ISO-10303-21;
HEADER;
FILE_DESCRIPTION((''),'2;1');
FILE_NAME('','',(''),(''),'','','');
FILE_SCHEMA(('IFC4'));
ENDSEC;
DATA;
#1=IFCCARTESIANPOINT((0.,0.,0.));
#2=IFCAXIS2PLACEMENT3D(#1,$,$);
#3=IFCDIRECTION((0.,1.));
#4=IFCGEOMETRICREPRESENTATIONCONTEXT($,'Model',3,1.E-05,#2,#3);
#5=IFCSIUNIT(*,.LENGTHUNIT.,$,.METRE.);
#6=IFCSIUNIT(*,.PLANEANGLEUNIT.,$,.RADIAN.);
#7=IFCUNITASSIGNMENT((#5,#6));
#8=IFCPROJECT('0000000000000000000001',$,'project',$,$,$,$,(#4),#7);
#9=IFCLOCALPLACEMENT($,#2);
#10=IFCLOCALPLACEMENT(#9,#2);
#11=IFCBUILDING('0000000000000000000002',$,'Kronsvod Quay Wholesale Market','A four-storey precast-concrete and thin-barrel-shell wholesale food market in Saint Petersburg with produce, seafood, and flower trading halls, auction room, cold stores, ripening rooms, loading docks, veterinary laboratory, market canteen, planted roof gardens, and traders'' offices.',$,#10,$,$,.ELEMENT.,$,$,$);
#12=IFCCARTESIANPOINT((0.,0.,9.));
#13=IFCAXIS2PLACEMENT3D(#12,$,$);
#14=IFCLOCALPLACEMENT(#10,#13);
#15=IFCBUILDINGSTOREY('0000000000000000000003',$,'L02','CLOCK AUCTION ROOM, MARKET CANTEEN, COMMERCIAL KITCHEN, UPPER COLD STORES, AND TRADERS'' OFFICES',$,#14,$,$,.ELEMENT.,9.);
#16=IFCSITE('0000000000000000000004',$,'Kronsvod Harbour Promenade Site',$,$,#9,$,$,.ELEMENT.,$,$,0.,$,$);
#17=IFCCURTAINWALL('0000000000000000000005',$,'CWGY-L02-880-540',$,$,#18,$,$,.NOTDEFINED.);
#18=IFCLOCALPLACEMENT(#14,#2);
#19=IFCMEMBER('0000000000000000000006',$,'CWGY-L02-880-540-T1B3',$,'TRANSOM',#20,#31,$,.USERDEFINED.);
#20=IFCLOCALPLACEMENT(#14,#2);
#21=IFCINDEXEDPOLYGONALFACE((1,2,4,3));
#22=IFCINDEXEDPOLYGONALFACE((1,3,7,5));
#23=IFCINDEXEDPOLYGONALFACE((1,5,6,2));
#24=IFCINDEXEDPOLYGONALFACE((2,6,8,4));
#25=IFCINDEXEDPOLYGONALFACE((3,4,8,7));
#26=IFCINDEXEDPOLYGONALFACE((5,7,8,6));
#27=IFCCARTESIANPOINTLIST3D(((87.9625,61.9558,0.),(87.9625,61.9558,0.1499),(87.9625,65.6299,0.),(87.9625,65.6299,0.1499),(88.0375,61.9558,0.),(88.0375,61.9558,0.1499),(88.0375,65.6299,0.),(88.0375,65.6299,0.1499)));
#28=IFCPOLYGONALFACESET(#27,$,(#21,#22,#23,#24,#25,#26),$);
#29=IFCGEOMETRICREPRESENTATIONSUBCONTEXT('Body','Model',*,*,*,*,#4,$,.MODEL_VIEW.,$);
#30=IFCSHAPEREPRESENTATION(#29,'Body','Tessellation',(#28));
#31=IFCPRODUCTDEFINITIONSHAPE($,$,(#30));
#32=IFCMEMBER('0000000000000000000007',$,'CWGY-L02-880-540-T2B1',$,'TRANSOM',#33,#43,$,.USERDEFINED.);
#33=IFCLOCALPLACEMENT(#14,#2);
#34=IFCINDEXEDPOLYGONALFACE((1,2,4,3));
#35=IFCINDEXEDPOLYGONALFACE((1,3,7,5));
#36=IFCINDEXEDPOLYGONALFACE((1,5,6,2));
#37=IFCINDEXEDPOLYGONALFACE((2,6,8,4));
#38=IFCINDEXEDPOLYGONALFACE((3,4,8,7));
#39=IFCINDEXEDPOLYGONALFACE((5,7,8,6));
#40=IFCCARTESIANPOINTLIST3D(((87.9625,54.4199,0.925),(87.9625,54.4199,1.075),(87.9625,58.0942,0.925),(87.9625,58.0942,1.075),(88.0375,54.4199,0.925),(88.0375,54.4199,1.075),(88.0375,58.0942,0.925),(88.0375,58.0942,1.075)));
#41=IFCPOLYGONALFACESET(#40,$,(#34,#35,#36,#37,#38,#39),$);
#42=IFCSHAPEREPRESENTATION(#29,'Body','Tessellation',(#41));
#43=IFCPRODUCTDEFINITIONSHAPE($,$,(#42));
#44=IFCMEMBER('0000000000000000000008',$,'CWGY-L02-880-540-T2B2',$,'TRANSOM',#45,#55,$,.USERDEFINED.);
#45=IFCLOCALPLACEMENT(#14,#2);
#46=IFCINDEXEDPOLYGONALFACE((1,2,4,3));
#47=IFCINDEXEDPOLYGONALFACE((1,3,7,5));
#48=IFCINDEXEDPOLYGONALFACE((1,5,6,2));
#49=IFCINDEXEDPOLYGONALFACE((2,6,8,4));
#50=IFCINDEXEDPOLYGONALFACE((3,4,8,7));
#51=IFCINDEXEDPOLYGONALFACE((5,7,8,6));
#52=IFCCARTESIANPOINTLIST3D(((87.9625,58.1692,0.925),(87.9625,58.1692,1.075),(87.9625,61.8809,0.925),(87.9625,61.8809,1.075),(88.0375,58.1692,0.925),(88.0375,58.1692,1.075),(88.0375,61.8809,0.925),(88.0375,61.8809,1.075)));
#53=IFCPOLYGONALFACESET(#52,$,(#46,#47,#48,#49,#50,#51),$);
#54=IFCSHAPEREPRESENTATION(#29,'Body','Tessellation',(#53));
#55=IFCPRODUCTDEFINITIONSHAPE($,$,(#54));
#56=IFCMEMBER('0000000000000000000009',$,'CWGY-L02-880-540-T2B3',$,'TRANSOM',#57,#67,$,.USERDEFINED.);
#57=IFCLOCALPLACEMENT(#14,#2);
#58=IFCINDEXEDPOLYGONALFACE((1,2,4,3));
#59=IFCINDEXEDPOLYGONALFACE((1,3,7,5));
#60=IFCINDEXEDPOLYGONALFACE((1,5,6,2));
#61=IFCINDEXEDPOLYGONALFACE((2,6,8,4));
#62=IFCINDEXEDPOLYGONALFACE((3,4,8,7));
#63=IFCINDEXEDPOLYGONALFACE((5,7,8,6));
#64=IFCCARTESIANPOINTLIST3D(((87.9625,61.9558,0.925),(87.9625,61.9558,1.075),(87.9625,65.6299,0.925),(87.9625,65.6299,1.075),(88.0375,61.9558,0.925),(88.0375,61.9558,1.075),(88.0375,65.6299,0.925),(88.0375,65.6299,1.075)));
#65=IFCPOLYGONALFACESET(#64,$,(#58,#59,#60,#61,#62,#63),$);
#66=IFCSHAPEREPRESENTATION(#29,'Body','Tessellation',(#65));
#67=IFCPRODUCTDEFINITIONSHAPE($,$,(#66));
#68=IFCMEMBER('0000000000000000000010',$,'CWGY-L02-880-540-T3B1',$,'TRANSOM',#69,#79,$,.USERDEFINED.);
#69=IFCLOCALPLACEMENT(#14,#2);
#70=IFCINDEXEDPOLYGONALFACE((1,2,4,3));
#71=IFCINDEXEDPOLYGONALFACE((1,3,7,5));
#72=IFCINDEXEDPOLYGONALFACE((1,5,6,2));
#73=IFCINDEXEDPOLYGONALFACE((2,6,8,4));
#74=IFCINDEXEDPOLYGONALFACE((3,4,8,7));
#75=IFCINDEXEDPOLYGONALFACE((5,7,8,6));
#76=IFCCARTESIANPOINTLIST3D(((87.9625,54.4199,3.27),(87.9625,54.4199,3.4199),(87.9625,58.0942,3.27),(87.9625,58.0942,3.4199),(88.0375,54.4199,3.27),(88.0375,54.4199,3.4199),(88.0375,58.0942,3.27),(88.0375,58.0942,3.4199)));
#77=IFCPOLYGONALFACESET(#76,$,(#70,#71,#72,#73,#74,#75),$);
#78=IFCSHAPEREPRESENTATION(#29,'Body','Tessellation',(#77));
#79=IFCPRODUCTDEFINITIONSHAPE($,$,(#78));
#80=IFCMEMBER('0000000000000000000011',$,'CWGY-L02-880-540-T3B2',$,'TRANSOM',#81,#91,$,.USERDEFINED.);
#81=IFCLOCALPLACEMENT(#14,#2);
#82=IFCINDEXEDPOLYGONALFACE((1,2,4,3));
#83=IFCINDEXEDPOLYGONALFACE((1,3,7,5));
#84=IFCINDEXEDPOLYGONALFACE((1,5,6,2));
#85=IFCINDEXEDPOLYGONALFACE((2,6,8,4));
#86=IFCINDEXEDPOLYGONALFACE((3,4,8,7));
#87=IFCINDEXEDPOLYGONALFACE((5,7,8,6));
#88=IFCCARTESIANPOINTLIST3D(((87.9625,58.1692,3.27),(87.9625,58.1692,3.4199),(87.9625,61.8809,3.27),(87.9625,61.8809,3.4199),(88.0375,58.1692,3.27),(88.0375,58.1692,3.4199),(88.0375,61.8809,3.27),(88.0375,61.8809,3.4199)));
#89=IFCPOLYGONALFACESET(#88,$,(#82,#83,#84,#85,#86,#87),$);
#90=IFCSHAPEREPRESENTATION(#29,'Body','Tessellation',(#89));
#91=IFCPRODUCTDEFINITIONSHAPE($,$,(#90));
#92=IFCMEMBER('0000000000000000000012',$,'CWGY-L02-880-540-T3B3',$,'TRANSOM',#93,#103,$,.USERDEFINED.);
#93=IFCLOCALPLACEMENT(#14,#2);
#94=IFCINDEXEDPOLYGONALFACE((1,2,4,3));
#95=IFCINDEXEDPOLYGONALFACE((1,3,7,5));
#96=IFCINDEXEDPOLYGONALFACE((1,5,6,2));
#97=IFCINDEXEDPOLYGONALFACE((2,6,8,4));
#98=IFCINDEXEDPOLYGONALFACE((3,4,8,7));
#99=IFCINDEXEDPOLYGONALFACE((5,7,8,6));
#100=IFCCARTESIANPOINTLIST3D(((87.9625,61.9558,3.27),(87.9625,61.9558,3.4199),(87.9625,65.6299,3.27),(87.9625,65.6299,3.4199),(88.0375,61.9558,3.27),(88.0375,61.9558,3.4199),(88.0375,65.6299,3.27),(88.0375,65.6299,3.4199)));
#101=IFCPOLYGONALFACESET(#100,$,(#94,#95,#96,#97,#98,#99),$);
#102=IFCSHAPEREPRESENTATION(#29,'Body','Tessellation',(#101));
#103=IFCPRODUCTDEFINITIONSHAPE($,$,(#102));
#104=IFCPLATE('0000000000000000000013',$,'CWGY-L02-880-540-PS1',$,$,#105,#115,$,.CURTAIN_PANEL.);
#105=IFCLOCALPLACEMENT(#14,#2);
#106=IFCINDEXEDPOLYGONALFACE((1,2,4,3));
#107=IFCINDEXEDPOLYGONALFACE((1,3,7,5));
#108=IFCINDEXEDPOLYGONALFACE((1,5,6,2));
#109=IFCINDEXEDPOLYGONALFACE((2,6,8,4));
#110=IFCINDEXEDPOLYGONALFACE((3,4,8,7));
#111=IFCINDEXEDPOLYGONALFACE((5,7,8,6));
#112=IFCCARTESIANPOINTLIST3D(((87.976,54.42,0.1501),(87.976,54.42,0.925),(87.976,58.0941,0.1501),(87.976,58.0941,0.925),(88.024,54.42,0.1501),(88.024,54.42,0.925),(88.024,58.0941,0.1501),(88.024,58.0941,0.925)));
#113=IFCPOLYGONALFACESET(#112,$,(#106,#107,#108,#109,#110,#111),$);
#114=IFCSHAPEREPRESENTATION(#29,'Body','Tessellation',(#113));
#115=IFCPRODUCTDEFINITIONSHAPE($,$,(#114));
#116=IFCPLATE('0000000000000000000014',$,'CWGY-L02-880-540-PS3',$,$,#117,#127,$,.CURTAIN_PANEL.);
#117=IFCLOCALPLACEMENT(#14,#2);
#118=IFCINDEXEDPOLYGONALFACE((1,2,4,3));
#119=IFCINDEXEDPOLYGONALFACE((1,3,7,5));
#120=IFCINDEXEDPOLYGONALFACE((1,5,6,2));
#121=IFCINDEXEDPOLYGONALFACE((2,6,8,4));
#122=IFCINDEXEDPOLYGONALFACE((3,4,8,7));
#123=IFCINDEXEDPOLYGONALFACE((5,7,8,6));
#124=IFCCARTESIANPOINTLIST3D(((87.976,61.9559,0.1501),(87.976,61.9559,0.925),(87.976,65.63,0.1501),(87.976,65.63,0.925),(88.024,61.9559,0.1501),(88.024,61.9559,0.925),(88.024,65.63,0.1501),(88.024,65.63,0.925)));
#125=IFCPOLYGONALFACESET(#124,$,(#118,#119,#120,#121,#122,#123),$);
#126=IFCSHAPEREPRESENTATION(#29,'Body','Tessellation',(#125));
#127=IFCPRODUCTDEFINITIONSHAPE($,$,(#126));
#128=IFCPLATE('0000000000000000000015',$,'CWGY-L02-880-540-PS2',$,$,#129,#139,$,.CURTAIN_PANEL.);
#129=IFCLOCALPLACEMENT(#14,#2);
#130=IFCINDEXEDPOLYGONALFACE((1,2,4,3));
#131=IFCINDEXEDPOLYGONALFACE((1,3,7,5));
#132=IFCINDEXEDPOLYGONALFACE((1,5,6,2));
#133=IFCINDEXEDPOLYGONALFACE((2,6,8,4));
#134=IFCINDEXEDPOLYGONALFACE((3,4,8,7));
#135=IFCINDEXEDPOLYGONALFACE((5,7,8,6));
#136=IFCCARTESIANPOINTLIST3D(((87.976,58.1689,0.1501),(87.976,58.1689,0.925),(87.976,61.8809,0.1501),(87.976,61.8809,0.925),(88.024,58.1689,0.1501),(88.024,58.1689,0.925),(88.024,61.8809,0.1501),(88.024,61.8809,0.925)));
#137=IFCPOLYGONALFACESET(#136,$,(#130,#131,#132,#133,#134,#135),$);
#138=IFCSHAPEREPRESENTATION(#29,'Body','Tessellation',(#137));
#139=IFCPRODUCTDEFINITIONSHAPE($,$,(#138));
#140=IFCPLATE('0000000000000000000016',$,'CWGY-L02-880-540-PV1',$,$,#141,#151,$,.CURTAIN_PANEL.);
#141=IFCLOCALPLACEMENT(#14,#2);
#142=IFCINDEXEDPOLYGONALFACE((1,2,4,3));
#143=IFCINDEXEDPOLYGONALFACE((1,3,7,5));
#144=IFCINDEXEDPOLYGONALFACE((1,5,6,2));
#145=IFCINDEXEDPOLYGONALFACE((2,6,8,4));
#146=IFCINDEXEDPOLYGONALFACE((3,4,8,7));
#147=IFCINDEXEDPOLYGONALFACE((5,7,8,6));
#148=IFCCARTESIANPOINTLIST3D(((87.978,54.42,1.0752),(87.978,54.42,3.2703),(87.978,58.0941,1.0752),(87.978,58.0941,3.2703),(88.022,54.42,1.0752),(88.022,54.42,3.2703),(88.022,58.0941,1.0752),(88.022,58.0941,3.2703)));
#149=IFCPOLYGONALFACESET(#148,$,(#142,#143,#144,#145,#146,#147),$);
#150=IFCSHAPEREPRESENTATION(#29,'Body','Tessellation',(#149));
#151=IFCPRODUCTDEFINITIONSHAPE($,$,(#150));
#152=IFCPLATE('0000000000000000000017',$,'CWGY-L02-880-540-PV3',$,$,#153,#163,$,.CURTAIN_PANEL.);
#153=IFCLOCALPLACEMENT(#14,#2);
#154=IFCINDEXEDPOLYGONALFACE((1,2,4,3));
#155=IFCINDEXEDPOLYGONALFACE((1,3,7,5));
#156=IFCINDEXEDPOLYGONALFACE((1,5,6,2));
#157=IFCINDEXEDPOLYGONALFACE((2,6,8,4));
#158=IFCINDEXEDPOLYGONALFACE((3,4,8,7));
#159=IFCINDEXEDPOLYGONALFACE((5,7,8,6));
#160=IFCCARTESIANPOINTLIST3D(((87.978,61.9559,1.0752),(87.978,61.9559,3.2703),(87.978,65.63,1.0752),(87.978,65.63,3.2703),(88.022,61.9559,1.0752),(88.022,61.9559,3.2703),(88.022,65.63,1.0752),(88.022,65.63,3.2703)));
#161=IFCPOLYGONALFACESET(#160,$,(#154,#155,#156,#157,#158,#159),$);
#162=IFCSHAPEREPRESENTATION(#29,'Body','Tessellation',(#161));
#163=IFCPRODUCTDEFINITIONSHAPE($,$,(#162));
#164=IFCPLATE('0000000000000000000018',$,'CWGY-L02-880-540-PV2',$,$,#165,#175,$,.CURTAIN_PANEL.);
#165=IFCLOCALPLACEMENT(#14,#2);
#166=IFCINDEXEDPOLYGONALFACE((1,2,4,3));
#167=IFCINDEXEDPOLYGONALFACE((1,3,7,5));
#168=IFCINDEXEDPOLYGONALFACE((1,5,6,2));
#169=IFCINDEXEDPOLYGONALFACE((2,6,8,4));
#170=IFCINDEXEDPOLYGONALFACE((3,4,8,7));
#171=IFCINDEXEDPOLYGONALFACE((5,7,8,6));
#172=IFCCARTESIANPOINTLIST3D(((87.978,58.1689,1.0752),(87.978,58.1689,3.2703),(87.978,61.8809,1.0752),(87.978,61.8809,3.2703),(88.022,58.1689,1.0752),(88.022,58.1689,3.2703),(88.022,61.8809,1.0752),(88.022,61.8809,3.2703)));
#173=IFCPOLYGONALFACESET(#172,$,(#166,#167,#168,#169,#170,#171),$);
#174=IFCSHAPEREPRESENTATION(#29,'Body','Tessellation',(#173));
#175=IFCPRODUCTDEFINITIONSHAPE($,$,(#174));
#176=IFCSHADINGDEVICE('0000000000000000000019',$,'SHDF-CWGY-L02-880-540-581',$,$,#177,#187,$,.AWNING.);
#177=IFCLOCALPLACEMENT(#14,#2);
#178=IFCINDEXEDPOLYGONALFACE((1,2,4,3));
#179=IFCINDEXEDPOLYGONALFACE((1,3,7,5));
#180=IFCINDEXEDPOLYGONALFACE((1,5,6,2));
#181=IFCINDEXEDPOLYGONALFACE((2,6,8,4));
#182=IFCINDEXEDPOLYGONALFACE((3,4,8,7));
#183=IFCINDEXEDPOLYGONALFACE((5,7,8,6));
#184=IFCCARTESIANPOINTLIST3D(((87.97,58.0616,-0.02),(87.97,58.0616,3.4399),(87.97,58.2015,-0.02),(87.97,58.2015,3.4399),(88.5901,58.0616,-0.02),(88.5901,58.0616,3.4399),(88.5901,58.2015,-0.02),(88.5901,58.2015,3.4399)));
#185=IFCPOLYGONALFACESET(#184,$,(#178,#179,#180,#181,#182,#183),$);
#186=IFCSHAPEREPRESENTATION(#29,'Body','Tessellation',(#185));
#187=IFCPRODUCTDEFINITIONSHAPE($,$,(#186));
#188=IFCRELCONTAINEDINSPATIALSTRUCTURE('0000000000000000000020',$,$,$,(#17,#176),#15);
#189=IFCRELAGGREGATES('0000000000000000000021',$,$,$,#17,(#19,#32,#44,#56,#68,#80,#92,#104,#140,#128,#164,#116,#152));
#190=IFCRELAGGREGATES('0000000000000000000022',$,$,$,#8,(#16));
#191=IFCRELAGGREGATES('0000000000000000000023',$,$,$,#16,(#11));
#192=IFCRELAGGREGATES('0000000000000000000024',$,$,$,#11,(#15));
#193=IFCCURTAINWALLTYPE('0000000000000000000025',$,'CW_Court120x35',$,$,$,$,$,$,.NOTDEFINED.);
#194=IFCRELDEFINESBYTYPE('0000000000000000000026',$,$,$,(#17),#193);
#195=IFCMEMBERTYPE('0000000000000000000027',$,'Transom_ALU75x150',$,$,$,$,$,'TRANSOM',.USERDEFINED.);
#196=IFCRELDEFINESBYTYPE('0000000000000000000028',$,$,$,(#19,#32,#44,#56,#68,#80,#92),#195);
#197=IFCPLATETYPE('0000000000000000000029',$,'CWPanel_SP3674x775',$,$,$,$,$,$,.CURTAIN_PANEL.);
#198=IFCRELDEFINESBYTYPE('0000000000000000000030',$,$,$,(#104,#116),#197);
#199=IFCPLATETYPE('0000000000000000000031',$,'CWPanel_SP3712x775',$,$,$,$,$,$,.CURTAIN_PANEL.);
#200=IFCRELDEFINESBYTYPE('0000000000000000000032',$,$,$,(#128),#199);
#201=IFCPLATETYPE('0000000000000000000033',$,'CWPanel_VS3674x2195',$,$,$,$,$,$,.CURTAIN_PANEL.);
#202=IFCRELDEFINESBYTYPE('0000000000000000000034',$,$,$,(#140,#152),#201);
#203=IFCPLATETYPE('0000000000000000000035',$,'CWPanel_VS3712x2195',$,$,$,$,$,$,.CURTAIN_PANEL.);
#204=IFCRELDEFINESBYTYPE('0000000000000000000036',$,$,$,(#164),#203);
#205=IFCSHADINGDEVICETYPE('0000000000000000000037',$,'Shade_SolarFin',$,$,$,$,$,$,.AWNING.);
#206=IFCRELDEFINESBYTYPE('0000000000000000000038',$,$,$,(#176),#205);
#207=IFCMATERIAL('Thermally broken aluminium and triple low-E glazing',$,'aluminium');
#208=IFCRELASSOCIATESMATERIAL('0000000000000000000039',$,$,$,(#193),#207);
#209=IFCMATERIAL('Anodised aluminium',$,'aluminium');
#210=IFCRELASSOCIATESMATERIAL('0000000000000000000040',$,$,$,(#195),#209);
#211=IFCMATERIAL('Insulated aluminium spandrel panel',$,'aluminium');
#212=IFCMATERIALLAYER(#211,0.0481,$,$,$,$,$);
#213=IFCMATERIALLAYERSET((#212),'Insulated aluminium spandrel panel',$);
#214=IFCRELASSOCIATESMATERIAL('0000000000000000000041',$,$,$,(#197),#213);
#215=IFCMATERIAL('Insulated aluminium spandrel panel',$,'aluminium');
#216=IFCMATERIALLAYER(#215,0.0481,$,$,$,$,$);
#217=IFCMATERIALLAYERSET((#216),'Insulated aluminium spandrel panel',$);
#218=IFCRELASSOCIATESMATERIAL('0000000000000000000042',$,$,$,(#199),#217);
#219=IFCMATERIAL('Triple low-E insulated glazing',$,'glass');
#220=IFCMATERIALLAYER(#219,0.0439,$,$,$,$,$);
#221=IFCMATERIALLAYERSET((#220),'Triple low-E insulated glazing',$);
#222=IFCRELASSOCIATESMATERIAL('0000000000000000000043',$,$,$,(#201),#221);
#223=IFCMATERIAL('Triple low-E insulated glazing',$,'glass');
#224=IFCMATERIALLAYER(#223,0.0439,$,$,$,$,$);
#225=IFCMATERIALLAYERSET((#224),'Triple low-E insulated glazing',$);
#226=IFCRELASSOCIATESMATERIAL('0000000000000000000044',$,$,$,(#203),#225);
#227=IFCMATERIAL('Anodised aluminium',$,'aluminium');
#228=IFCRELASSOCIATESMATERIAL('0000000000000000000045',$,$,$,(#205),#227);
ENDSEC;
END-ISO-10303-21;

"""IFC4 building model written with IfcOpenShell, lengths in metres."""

from ifc_helpers import new_model, si_unit, direction, frame, origin, origin_2d, place, context, subcontext, project, spatial, rectangle, extrude, material, layer, layer_set, material_profile, profile_set, type_object, element, aggregate, save


model = new_model("IFC4")

# Units and contexts
model_context = context("Model", 3, precision=1e-05, world=origin(), true_north=direction((0.0, 1.0)))
body_context = subcontext(model_context, "Body", "Model", "MODEL_VIEW")
ifc_project = project(units=[si_unit("LENGTHUNIT", "METRE"), si_unit("PLANEANGLEUNIT", "RADIAN")], contexts=[model_context])

# Site, building, storey
site_placement = place(None, origin())
site = spatial("IfcSite", under=ifc_project, at=site_placement, Name="Kronsvod Harbour Promenade Site", CompositionType="ELEMENT", RefElevation=0.0)
building_placement = place(site_placement, origin())
building = spatial("IfcBuilding", under=site, at=building_placement, Name="Kronsvod Quay Wholesale Market", Description="A four-storey precast-concrete and thin-barrel-shell wholesale food market in Saint Petersburg with produce, seafood, and flower trading halls, auction room, cold stores, ripening rooms, loading docks, veterinary laboratory, market canteen, planted roof gardens, and traders' offices.", CompositionType="ELEMENT")
storey_placement = place(building_placement, frame((0.0, 0.0, 9.0)))
storey = spatial("IfcBuildingStorey", under=building, at=storey_placement, Name="L02", Description="CLOCK AUCTION ROOM, MARKET CANTEEN, COMMERCIAL KITCHEN, UPPER COLD STORES, AND TRADERS' OFFICES", CompositionType="ELEMENT", Elevation=9.0)

# Curtain wall
ifc_material_1 = material(Name="Thermally broken aluminium and triple low-E glazing", Category="aluminium")
curtain_wall_type = type_object("IfcCurtainWallType", Name="CW_Court120x35", PredefinedType="NOTDEFINED", material=ifc_material_1)
curtain_wall_1_placement = place(storey_placement, origin())
curtain_wall_1 = element("IfcCurtainWall", 1, at=curtain_wall_1_placement, inside=storey, type_object=curtain_wall_type, Name="CWGY-L02-880-540", PredefinedType="NOTDEFINED")

# Members
ifc_material_2 = material(Name="Anodised aluminium", Category="aluminium")
ifc_material_profile_1 = material_profile(ifc_material_2, rectangle(XDim=0.075, YDim=0.1499, at=origin_2d()), Name="ALUT75x150")
ifc_profile_set_1 = profile_set([ifc_material_profile_1], Name="Anodised aluminium")
member_type_1 = type_object("IfcMemberType", Name="Transom_ALU75x150", ElementType="TRANSOM", PredefinedType="USERDEFINED", material=ifc_profile_set_1)
member_1_placement = place(storey_placement, frame((88.0, 61.9558, 0.075), z_axis=(0.0, 1.0, 0.0), x_axis=(-1.0, 0.0, 0.0)))
member_1 = element("IfcMember", 2, at=member_1_placement, type_object=member_type_1, Name="CWGY-L02-880-540-T1B3", ObjectType="TRANSOM", PredefinedType="USERDEFINED", context=body_context, shape_type="SweptSolid", body=[
    extrude(rectangle(XDim=0.075, YDim=0.1499, at=origin_2d()), origin(), (0.0, 0.0, 1.0), 3.6741),
])
member_2_placement = place(storey_placement, frame((88.0, 54.4199, 1.0), z_axis=(0.0, 1.0, 0.0), x_axis=(-1.0, 0.0, 0.0)))
member_2 = element("IfcMember", 3, at=member_2_placement, type_object=member_type_1, Name="CWGY-L02-880-540-T2B1", ObjectType="TRANSOM", PredefinedType="USERDEFINED", context=body_context, shape_type="SweptSolid", body=[
    extrude(rectangle(XDim=0.075, YDim=0.1499, at=origin_2d()), origin(), (0.0, 0.0, 1.0), 3.6743),
])
member_3_placement = place(storey_placement, frame((88.0, 58.1692, 1.0), z_axis=(0.0, 1.0, 0.0), x_axis=(-1.0, 0.0, 0.0)))
member_3 = element("IfcMember", 4, at=member_3_placement, type_object=member_type_1, Name="CWGY-L02-880-540-T2B2", ObjectType="TRANSOM", PredefinedType="USERDEFINED", context=body_context, shape_type="SweptSolid", body=[
    extrude(rectangle(XDim=0.075, YDim=0.1499, at=origin_2d()), origin(), (0.0, 0.0, 1.0), 3.7117),
])
member_4_placement = place(storey_placement, frame((88.0, 61.9558, 1.0), z_axis=(0.0, 1.0, 0.0), x_axis=(-1.0, 0.0, 0.0)))
member_4 = element("IfcMember", 5, at=member_4_placement, type_object=member_type_1, Name="CWGY-L02-880-540-T2B3", ObjectType="TRANSOM", PredefinedType="USERDEFINED", context=body_context, shape_type="SweptSolid", body=[
    extrude(rectangle(XDim=0.075, YDim=0.1499, at=origin_2d()), origin(), (0.0, 0.0, 1.0), 3.6741),
])
member_5_placement = place(storey_placement, frame((88.0, 54.4199, 3.345), z_axis=(0.0, 1.0, 0.0), x_axis=(-1.0, 0.0, 0.0)))
member_5 = element("IfcMember", 6, at=member_5_placement, type_object=member_type_1, Name="CWGY-L02-880-540-T3B1", ObjectType="TRANSOM", PredefinedType="USERDEFINED", context=body_context, shape_type="SweptSolid", body=[
    extrude(rectangle(XDim=0.075, YDim=0.1499, at=origin_2d()), origin(), (0.0, 0.0, 1.0), 3.6743),
])
member_6_placement = place(storey_placement, frame((88.0, 58.1692, 3.345), z_axis=(0.0, 1.0, 0.0), x_axis=(-1.0, 0.0, 0.0)))
member_6 = element("IfcMember", 7, at=member_6_placement, type_object=member_type_1, Name="CWGY-L02-880-540-T3B2", ObjectType="TRANSOM", PredefinedType="USERDEFINED", context=body_context, shape_type="SweptSolid", body=[
    extrude(rectangle(XDim=0.075, YDim=0.1499, at=origin_2d()), origin(), (0.0, 0.0, 1.0), 3.7117),
])
member_7_placement = place(storey_placement, frame((88.0, 61.9558, 3.345), z_axis=(0.0, 1.0, 0.0), x_axis=(-1.0, 0.0, 0.0)))
member_7 = element("IfcMember", 8, at=member_7_placement, type_object=member_type_1, Name="CWGY-L02-880-540-T3B3", ObjectType="TRANSOM", PredefinedType="USERDEFINED", context=body_context, shape_type="SweptSolid", body=[
    extrude(rectangle(XDim=0.075, YDim=0.1499, at=origin_2d()), origin(), (0.0, 0.0, 1.0), 3.6741),
])

# Plates
ifc_material_3 = material(Name="Insulated aluminium spandrel panel", Category="aluminium")
ifc_layer_1 = layer(ifc_material_3, 0.0481)
ifc_layer_set_1 = layer_set([ifc_layer_1], Name="Insulated aluminium spandrel panel")
plate_type_1 = type_object("IfcPlateType", Name="CWPanel_SP3674x775", PredefinedType="CURTAIN_PANEL", material=ifc_layer_set_1)
plate_1_placement = place(storey_placement, frame((88.0, 56.2571, 0.1501), z_axis=(0.0, 0.0, 1.0), x_axis=(0.0, 1.0, 0.0)))
plate_1 = element("IfcPlate", 9, at=plate_1_placement, type_object=plate_type_1, Name="CWGY-L02-880-540-PS1", PredefinedType="CURTAIN_PANEL", context=body_context, shape_type="SweptSolid", body=[
    extrude(rectangle(XDim=3.6741, YDim=0.0481, at=origin_2d()), origin(), (0.0, 0.0, 1.0), 0.7749),
])
plate_2_placement = place(storey_placement, frame((88.0, 63.793, 0.1501), z_axis=(0.0, 0.0, 1.0), x_axis=(0.0, 1.0, 0.0)))
plate_2 = element("IfcPlate", 10, at=plate_2_placement, type_object=plate_type_1, Name="CWGY-L02-880-540-PS3", PredefinedType="CURTAIN_PANEL", context=body_context, shape_type="SweptSolid", body=[
    extrude(rectangle(XDim=3.6741, YDim=0.0481, at=origin_2d()), origin(), (0.0, 0.0, 1.0), 0.7749),
])
ifc_material_4 = material(Name="Insulated aluminium spandrel panel", Category="aluminium")
ifc_layer_2 = layer(ifc_material_4, 0.0481)
ifc_layer_set_2 = layer_set([ifc_layer_2], Name="Insulated aluminium spandrel panel")
plate_type_2 = type_object("IfcPlateType", Name="CWPanel_SP3712x775", PredefinedType="CURTAIN_PANEL", material=ifc_layer_set_2)
plate_3_placement = place(storey_placement, frame((88.0, 60.0249, 0.1501), z_axis=(0.0, 0.0, 1.0), x_axis=(0.0, 1.0, 0.0)))
plate_3 = element("IfcPlate", 11, at=plate_3_placement, type_object=plate_type_2, Name="CWGY-L02-880-540-PS2", PredefinedType="CURTAIN_PANEL", context=body_context, shape_type="SweptSolid", body=[
    extrude(rectangle(XDim=3.7119, YDim=0.0481, at=origin_2d()), origin(), (0.0, 0.0, 1.0), 0.7749),
])
ifc_material_5 = material(Name="Triple low-E insulated glazing", Category="glass")
ifc_layer_3 = layer(ifc_material_5, 0.0439)
ifc_layer_set_3 = layer_set([ifc_layer_3], Name="Triple low-E insulated glazing")
plate_type_3 = type_object("IfcPlateType", Name="CWPanel_VS3674x2195", PredefinedType="CURTAIN_PANEL", material=ifc_layer_set_3)
plate_4_placement = place(storey_placement, frame((88.0, 56.2571, 1.0752), z_axis=(0.0, 0.0, 1.0), x_axis=(0.0, 1.0, 0.0)))
plate_4 = element("IfcPlate", 12, at=plate_4_placement, type_object=plate_type_3, Name="CWGY-L02-880-540-PV1", PredefinedType="CURTAIN_PANEL", context=body_context, shape_type="SweptSolid", body=[
    extrude(rectangle(XDim=3.6741, YDim=0.0439, at=origin_2d()), origin(), (0.0, 0.0, 1.0), 2.1951),
])
plate_5_placement = place(storey_placement, frame((88.0, 63.793, 1.0752), z_axis=(0.0, 0.0, 1.0), x_axis=(0.0, 1.0, 0.0)))
plate_5 = element("IfcPlate", 13, at=plate_5_placement, type_object=plate_type_3, Name="CWGY-L02-880-540-PV3", PredefinedType="CURTAIN_PANEL", context=body_context, shape_type="SweptSolid", body=[
    extrude(rectangle(XDim=3.6741, YDim=0.0439, at=origin_2d()), origin(), (0.0, 0.0, 1.0), 2.1951),
])
ifc_material_6 = material(Name="Triple low-E insulated glazing", Category="glass")
ifc_layer_4 = layer(ifc_material_6, 0.0439)
ifc_layer_set_4 = layer_set([ifc_layer_4], Name="Triple low-E insulated glazing")
plate_type_4 = type_object("IfcPlateType", Name="CWPanel_VS3712x2195", PredefinedType="CURTAIN_PANEL", material=ifc_layer_set_4)
plate_6_placement = place(storey_placement, frame((88.0, 60.0249, 1.0752), z_axis=(0.0, 0.0, 1.0), x_axis=(0.0, 1.0, 0.0)))
plate_6 = element("IfcPlate", 14, at=plate_6_placement, type_object=plate_type_4, Name="CWGY-L02-880-540-PV2", PredefinedType="CURTAIN_PANEL", context=body_context, shape_type="SweptSolid", body=[
    extrude(rectangle(XDim=3.7119, YDim=0.0439, at=origin_2d()), origin(), (0.0, 0.0, 1.0), 2.1951),
])
aggregate(curtain_wall_1, [member_1, member_2, member_3, member_4, member_5, member_6, member_7, plate_1, plate_4, plate_3, plate_6, plate_2, plate_5])

# Shading device
ifc_material_7 = material(Name="Anodised aluminium", Category="aluminium")
shading_device_type = type_object("IfcShadingDeviceType", Name="Shade_SolarFin", PredefinedType="AWNING", material=ifc_material_7)
shading_device_placement = place(storey_placement, frame((88.28, 58.1316, -0.02), z_axis=(0.0, 0.0, 1.0), x_axis=(1.0, 0.0, 0.0)))
element("IfcShadingDevice", 15, at=shading_device_placement, inside=storey, type_object=shading_device_type, Name="SHDF-CWGY-L02-880-540-581", PredefinedType="AWNING", context=body_context, shape_type="SweptSolid", body=[
    extrude(rectangle(XDim=0.6201, YDim=0.1399, at=origin_2d()), origin(), (0.0, 0.0, 1.0), 3.46),
])

save(model, "model.ifc")
